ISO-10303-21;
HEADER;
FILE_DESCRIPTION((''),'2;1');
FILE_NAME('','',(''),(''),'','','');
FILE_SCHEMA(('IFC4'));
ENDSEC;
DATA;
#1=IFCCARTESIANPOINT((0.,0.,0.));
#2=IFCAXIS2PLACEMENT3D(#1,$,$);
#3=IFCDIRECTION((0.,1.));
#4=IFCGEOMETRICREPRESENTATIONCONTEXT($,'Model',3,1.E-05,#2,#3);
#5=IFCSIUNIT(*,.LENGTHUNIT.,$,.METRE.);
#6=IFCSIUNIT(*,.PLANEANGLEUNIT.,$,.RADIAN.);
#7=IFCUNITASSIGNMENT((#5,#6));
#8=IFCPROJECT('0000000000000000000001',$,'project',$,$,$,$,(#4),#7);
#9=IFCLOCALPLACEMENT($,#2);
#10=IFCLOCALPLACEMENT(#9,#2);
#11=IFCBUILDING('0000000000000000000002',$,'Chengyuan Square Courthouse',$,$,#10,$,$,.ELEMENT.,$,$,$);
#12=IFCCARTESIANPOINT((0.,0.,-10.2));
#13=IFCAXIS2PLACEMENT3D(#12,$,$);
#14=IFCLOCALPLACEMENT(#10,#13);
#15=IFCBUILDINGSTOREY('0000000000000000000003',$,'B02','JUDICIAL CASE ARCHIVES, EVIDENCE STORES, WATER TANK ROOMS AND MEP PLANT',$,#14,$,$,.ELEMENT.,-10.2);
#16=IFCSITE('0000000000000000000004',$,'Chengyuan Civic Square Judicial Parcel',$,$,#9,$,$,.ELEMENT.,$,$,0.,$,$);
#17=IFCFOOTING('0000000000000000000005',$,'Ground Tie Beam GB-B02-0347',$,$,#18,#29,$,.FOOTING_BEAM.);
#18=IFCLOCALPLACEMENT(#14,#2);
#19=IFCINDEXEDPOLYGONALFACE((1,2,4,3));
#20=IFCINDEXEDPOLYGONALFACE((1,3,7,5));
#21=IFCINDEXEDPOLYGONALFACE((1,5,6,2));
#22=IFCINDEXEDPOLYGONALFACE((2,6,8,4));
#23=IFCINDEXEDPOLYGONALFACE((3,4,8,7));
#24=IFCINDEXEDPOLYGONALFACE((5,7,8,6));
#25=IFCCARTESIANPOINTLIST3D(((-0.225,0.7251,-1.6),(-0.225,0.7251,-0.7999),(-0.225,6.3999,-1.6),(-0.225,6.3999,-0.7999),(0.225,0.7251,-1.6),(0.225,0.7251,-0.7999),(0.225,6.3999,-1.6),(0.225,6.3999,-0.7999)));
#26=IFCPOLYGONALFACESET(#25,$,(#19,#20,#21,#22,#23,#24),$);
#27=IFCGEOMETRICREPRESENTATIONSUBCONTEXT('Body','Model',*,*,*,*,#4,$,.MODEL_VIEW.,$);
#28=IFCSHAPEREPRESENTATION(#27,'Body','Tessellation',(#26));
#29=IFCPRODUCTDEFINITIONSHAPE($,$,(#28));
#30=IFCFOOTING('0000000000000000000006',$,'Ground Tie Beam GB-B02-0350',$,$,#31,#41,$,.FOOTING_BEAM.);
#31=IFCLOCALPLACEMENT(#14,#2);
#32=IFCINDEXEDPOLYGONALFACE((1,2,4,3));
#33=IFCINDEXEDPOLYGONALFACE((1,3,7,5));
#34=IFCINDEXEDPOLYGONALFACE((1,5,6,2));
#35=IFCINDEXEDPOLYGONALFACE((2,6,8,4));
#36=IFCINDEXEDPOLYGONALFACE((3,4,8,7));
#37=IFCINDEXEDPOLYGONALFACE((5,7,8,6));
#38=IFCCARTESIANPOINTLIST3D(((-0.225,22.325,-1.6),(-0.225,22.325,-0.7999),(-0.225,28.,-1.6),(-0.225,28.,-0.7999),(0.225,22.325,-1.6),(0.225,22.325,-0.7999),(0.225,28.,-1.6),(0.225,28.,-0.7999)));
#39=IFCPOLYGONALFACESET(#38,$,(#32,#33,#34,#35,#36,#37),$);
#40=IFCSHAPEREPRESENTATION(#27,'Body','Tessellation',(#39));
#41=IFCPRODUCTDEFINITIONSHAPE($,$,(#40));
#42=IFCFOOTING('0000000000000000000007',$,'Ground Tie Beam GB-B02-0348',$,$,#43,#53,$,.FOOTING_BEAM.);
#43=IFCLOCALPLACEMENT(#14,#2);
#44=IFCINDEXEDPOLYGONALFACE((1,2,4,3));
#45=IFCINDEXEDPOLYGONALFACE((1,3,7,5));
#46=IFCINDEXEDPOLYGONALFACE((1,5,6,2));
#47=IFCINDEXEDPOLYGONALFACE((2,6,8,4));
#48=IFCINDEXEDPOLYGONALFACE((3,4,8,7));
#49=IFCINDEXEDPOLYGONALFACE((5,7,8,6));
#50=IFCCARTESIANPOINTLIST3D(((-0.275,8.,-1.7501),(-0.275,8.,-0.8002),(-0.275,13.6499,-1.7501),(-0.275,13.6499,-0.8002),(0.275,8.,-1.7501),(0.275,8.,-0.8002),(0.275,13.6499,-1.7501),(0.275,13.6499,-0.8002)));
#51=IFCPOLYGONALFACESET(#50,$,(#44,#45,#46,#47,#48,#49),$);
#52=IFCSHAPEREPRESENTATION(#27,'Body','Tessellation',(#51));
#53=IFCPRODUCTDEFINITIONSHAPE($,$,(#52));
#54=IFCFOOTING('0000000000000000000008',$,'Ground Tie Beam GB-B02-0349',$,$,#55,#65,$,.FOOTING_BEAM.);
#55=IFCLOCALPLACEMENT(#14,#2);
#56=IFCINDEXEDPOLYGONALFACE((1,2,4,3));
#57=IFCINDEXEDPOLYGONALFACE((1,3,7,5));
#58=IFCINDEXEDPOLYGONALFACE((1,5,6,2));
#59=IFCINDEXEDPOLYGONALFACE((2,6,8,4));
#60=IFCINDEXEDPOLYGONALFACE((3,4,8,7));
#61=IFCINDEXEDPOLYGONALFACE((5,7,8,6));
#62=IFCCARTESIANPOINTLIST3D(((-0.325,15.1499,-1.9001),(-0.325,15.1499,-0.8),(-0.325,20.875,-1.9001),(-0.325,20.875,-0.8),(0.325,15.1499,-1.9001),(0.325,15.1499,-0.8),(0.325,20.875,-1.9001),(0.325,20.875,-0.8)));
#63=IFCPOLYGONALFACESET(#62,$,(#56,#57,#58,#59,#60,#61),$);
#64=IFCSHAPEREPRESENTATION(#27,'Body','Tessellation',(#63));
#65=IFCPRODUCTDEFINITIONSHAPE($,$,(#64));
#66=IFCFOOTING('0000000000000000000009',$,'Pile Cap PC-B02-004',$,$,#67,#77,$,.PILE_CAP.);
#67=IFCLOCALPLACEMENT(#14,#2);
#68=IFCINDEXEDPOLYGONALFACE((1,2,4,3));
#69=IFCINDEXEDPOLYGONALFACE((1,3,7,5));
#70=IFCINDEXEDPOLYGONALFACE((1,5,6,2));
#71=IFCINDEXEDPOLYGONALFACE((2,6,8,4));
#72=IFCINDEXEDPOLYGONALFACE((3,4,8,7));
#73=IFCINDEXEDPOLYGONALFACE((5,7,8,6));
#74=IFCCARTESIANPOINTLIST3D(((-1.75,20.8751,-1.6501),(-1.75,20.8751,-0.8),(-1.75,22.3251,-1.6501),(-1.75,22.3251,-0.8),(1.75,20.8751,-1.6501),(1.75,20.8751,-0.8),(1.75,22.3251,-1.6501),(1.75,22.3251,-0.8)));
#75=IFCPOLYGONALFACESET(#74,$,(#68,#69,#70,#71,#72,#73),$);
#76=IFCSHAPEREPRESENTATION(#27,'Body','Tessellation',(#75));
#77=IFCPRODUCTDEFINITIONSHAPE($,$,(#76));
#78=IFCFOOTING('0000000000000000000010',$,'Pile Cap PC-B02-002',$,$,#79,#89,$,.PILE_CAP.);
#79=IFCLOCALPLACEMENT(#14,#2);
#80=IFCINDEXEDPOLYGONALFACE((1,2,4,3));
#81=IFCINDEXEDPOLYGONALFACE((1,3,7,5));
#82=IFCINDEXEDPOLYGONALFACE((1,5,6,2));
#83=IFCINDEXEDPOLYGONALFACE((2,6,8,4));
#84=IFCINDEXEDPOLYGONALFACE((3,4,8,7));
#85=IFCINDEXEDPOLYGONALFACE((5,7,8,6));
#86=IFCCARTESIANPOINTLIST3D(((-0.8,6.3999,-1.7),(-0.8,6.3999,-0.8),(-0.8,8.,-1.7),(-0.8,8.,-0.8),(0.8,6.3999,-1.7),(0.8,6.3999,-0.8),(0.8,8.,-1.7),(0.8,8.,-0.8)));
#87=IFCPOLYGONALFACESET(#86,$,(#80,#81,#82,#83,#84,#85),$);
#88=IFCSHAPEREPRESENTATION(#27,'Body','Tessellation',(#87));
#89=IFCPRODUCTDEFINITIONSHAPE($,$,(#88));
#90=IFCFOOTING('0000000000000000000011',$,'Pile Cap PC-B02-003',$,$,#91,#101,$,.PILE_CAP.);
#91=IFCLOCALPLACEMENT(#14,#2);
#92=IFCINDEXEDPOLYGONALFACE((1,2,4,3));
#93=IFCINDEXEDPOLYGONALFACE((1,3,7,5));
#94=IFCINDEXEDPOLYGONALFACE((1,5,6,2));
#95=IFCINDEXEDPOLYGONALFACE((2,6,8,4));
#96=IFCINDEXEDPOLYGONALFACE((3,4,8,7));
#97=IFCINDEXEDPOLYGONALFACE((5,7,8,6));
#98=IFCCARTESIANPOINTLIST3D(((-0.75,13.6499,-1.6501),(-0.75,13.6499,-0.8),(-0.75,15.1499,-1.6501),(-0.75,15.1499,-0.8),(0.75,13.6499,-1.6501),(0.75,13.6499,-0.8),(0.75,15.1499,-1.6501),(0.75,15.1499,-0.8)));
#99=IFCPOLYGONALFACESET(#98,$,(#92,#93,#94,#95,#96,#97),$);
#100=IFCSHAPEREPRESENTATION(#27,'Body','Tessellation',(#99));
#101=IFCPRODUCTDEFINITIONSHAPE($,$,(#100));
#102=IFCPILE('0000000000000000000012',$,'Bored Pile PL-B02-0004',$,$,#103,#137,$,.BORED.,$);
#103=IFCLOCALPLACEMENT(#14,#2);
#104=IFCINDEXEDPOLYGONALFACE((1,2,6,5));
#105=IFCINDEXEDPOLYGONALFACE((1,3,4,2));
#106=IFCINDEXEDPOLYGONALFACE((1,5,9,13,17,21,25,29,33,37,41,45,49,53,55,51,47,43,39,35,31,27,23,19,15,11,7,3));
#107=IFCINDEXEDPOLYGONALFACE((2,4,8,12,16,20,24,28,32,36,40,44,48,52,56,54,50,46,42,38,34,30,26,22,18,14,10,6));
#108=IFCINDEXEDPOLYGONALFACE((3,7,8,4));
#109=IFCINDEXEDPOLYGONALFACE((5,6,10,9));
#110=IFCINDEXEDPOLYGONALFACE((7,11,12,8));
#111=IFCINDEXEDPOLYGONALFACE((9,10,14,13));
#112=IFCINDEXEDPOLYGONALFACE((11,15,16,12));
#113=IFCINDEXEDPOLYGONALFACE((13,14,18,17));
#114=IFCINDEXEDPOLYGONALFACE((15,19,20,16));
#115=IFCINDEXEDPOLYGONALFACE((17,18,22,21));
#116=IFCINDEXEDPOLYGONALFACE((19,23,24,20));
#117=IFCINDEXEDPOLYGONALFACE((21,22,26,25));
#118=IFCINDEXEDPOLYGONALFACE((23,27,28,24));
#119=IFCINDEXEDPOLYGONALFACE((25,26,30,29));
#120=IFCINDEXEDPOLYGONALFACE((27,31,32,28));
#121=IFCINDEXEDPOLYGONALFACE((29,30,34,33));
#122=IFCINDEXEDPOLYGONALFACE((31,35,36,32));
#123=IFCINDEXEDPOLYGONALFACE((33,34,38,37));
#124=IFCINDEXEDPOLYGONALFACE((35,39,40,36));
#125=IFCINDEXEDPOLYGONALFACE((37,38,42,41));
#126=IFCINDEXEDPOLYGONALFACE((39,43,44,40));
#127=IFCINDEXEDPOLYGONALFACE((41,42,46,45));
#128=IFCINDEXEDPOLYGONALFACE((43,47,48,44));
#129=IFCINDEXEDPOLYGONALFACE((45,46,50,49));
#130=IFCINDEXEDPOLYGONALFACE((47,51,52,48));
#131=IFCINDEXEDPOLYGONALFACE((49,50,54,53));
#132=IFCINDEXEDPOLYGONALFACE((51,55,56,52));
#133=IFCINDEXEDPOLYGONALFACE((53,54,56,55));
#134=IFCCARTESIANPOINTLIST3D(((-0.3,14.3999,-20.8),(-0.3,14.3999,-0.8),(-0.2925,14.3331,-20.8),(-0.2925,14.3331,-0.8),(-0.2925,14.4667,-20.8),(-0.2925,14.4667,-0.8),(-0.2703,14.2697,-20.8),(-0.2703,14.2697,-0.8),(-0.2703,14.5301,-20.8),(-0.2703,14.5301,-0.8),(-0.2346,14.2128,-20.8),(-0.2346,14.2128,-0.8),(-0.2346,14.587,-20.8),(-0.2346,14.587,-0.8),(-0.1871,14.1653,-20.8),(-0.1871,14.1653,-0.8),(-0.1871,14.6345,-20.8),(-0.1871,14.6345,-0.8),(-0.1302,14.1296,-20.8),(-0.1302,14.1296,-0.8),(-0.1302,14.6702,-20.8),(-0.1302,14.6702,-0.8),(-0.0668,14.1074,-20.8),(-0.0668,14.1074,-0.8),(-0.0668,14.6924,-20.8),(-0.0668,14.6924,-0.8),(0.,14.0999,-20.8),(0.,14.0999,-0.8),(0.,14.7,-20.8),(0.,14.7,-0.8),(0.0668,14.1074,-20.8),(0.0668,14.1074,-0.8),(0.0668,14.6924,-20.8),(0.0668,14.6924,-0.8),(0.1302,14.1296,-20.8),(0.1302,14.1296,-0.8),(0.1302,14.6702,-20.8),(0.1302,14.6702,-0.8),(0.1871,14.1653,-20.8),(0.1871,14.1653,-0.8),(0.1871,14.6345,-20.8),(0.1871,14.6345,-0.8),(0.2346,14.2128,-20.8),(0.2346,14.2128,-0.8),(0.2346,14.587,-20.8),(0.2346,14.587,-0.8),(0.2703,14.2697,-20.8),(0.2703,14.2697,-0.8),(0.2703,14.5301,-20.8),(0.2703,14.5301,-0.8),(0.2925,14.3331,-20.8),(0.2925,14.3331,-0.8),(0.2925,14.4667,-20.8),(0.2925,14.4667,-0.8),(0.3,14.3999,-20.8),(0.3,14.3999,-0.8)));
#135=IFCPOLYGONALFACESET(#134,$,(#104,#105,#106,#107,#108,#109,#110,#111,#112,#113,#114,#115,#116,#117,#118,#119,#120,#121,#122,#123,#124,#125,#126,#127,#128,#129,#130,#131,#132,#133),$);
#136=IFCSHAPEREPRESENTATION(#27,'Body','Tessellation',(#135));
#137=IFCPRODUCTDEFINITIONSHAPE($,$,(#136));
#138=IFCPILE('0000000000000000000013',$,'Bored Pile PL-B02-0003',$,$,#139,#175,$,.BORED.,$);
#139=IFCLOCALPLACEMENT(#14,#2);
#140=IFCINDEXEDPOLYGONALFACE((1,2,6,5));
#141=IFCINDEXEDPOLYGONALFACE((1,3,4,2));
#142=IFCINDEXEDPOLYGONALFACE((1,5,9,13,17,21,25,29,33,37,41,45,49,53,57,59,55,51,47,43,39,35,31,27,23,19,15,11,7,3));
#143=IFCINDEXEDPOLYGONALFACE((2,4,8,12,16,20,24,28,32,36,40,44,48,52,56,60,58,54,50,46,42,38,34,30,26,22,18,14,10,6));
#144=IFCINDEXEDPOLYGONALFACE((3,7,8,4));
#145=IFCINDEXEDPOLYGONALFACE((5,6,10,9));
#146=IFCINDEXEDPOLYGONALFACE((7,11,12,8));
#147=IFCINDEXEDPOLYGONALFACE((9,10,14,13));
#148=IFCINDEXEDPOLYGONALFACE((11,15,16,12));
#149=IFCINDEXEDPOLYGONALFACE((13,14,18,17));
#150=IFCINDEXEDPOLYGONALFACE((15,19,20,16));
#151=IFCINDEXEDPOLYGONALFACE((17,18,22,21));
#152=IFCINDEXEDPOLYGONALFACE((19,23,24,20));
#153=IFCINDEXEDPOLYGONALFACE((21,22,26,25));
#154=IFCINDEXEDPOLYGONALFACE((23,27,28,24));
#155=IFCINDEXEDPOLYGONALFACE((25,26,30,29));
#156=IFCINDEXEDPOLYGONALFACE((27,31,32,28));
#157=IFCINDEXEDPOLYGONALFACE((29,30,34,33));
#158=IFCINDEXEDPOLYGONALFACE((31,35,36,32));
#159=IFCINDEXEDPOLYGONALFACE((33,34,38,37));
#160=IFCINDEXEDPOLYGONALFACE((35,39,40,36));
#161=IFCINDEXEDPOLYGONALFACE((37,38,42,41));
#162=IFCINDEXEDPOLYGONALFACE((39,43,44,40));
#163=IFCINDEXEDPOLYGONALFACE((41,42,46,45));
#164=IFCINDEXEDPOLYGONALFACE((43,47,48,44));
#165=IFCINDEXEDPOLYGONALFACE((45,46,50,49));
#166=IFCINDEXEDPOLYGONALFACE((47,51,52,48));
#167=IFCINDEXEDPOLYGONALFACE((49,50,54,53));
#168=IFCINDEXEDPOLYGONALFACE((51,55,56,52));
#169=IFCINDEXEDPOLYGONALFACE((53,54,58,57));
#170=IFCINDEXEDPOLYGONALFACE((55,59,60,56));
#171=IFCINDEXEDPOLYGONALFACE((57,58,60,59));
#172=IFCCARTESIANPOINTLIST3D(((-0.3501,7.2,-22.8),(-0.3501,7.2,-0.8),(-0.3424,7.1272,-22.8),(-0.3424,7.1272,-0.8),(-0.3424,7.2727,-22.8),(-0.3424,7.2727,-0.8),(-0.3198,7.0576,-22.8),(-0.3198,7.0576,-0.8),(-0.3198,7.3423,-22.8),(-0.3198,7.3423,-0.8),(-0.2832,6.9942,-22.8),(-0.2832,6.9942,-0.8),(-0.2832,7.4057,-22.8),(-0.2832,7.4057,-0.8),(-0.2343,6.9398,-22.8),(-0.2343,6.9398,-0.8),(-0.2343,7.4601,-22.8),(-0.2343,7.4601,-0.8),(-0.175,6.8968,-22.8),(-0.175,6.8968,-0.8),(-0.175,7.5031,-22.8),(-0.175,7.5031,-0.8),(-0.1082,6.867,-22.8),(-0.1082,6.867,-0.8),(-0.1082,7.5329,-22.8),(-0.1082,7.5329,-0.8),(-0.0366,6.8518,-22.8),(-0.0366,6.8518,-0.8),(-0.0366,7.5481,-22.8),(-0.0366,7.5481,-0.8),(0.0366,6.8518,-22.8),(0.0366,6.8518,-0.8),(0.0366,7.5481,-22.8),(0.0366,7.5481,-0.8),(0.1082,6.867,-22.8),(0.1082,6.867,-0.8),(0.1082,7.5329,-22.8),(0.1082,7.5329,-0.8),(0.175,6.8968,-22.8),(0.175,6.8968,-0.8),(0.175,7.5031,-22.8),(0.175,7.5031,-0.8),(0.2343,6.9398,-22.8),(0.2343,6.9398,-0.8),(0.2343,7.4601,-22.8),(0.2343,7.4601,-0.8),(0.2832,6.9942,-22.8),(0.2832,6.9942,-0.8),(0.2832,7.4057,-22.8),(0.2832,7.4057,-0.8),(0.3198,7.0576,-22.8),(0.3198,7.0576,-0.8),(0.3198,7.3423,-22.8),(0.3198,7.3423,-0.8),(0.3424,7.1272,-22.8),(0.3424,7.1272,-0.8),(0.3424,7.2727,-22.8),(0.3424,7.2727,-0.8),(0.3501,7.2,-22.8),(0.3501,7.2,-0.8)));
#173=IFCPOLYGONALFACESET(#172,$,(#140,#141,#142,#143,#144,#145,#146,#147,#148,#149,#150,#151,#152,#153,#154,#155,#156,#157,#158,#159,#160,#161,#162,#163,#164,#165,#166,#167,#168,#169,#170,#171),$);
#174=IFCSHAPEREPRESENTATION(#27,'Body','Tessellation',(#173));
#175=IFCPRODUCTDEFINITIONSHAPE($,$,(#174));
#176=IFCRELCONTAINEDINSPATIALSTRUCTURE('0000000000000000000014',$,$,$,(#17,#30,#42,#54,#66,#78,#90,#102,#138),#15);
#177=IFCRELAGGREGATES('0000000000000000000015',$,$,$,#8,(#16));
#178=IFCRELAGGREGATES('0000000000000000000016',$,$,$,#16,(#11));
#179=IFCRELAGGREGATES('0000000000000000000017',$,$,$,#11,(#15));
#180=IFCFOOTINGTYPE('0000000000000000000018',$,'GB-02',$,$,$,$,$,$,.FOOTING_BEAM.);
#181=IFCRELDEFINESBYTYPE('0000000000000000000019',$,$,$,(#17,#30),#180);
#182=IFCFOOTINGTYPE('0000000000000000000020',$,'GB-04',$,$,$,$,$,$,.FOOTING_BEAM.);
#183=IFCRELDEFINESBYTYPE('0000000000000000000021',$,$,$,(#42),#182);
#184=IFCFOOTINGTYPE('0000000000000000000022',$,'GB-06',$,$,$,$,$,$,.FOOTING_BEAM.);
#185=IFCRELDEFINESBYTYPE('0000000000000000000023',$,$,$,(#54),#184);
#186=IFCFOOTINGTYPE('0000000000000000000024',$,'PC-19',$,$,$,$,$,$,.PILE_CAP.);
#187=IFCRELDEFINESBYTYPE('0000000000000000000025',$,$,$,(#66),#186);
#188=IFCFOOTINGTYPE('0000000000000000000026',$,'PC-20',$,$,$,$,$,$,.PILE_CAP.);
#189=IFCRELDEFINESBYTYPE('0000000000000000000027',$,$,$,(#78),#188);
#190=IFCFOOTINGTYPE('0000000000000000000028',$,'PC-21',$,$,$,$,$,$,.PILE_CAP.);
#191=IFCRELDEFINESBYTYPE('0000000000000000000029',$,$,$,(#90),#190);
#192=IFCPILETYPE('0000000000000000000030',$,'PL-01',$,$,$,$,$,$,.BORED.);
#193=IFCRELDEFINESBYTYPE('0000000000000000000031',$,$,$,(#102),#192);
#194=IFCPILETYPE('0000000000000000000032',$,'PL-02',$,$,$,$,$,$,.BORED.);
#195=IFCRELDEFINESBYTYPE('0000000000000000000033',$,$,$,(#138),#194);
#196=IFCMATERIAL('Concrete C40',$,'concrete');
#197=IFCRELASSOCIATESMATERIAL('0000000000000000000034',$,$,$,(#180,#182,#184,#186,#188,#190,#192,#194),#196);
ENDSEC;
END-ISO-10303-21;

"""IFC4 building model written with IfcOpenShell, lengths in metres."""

from ifc_helpers import new_model, si_unit, direction, frame, origin, origin_2d, place, context, subcontext, project, spatial, rectangle, circle, extrude, material, material_profile, profile_set, type_object, element, save


model = new_model("IFC4")

# Units and contexts
model_context = context("Model", 3, precision=1e-05, world=origin(), true_north=direction((0.0, 1.0)))
body_context = subcontext(model_context, "Body", "Model", "MODEL_VIEW")
ifc_project = project(units=[si_unit("LENGTHUNIT", "METRE"), si_unit("PLANEANGLEUNIT", "RADIAN")], contexts=[model_context])

# Site, building, storey
site_placement = place(None, origin())
site = spatial("IfcSite", under=ifc_project, at=site_placement, Name="Chengyuan Civic Square Judicial Parcel", CompositionType="ELEMENT", RefElevation=0.0)
building_placement = place(site_placement, origin())
building = spatial("IfcBuilding", under=site, at=building_placement, Name="Chengyuan Square Courthouse", CompositionType="ELEMENT")
storey_placement = place(building_placement, frame((0.0, 0.0, -10.2)))
storey = spatial("IfcBuildingStorey", under=building, at=storey_placement, Name="B02", Description="JUDICIAL CASE ARCHIVES, EVIDENCE STORES, WATER TANK ROOMS AND MEP PLANT", CompositionType="ELEMENT", Elevation=-10.2)

# Footings
ifc_material_1 = material(Name="Concrete C40", Category="concrete")
ifc_material_profile_1 = material_profile(ifc_material_1, rectangle(XDim=0.45, YDim=0.8, at=origin_2d()), Name="GB-450x800")
ifc_profile_set_1 = profile_set([ifc_material_profile_1], Name="Concrete C40")
footing_type_1 = type_object("IfcFootingType", Name="GB-02", PredefinedType="FOOTING_BEAM", material=ifc_profile_set_1)
footing_1_placement = place(storey_placement, frame((0.0, 0.7251, -1.2), z_axis=(0.0, 1.0, 0.0), x_axis=(-1.0, 0.0, 0.0)))
element("IfcFooting", 1, at=footing_1_placement, inside=storey, type_object=footing_type_1, Name="Ground Tie Beam GB-B02-0347", PredefinedType="FOOTING_BEAM", context=body_context, shape_type="SweptSolid", body=[
    extrude(rectangle(XDim=0.45, YDim=0.8, at=origin_2d()), origin(), (0.0, 0.0, 1.0), 5.6748),
])
footing_2_placement = place(storey_placement, frame((0.0, 22.325, -1.2), z_axis=(0.0, 1.0, 0.0), x_axis=(-1.0, 0.0, 0.0)))
element("IfcFooting", 2, at=footing_2_placement, inside=storey, type_object=footing_type_1, Name="Ground Tie Beam GB-B02-0350", PredefinedType="FOOTING_BEAM", context=body_context, shape_type="SweptSolid", body=[
    extrude(rectangle(XDim=0.45, YDim=0.8, at=origin_2d()), origin(), (0.0, 0.0, 1.0), 5.675),
])
ifc_material_profile_2 = material_profile(ifc_material_1, rectangle(XDim=0.55, YDim=0.95, at=origin_2d()), Name="GB-550x950")
ifc_profile_set_2 = profile_set([ifc_material_profile_2], Name="Concrete C40")
footing_type_2 = type_object("IfcFootingType", Name="GB-04", PredefinedType="FOOTING_BEAM", material=ifc_profile_set_2)
footing_3_placement = place(storey_placement, frame((0.0, 8.0, -1.2751), z_axis=(0.0, 1.0, 0.0), x_axis=(-1.0, 0.0, 0.0)))
element("IfcFooting", 3, at=footing_3_placement, inside=storey, type_object=footing_type_2, Name="Ground Tie Beam GB-B02-0348", PredefinedType="FOOTING_BEAM", context=body_context, shape_type="SweptSolid", body=[
    extrude(rectangle(XDim=0.55, YDim=0.95, at=origin_2d()), origin(), (0.0, 0.0, 1.0), 5.6499),
])
ifc_material_profile_3 = material_profile(ifc_material_1, rectangle(XDim=0.6499, YDim=1.1001, at=origin_2d()), Name="GB-650x1100")
ifc_profile_set_3 = profile_set([ifc_material_profile_3], Name="Concrete C40")
footing_type_3 = type_object("IfcFootingType", Name="GB-06", PredefinedType="FOOTING_BEAM", material=ifc_profile_set_3)
footing_4_placement = place(storey_placement, frame((0.0, 15.1499, -1.3501), z_axis=(0.0, 1.0, 0.0), x_axis=(-1.0, 0.0, 0.0)))
element("IfcFooting", 4, at=footing_4_placement, inside=storey, type_object=footing_type_3, Name="Ground Tie Beam GB-B02-0349", PredefinedType="FOOTING_BEAM", context=body_context, shape_type="SweptSolid", body=[
    extrude(rectangle(XDim=0.6499, YDim=1.1001, at=origin_2d()), origin(), (0.0, 0.0, 1.0), 5.7251),
])
footing_type_4 = type_object("IfcFootingType", Name="PC-19", PredefinedType="PILE_CAP", material=ifc_material_1)
footing_5_placement = place(storey_placement, frame((0.0, 21.6001, -1.6501), z_axis=(0.0, 0.0, 1.0), x_axis=(1.0, 0.0, 0.0)))
element("IfcFooting", 5, at=footing_5_placement, inside=storey, type_object=footing_type_4, Name="Pile Cap PC-B02-004", PredefinedType="PILE_CAP", context=body_context, shape_type="SweptSolid", body=[
    extrude(rectangle(XDim=3.5, YDim=1.45, at=origin_2d()), origin(), (0.0, 0.0, 1.0), 0.8501),
])
footing_type_5 = type_object("IfcFootingType", Name="PC-20", PredefinedType="PILE_CAP", material=ifc_material_1)
footing_6_placement = place(storey_placement, frame((0.0, 7.2, -1.7), z_axis=(0.0, 0.0, 1.0), x_axis=(1.0, 0.0, 0.0)))
element("IfcFooting", 6, at=footing_6_placement, inside=storey, type_object=footing_type_5, Name="Pile Cap PC-B02-002", PredefinedType="PILE_CAP", context=body_context, shape_type="SweptSolid", body=[
    extrude(rectangle(XDim=1.6001, YDim=1.6001, at=origin_2d()), origin(), (0.0, 0.0, 1.0), 0.8999),
])
footing_type_6 = type_object("IfcFootingType", Name="PC-21", PredefinedType="PILE_CAP", material=ifc_material_1)
footing_7_placement = place(storey_placement, frame((0.0, 14.3999, -1.6501), z_axis=(0.0, 0.0, 1.0), x_axis=(1.0, 0.0, 0.0)))
element("IfcFooting", 7, at=footing_7_placement, inside=storey, type_object=footing_type_6, Name="Pile Cap PC-B02-003", PredefinedType="PILE_CAP", context=body_context, shape_type="SweptSolid", body=[
    extrude(rectangle(XDim=1.5, YDim=1.5, at=origin_2d()), origin(), (0.0, 0.0, 1.0), 0.8501),
])

# Piles
ifc_material_profile_4 = material_profile(ifc_material_1, circle(Radius=0.3, at=origin_2d()), Name="BORED PILE D600")
ifc_profile_set_4 = profile_set([ifc_material_profile_4], Name="Concrete C40")
pile_type_1 = type_object("IfcPileType", Name="PL-01", PredefinedType="BORED", material=ifc_profile_set_4)
pile_placement = place(storey_placement, frame((0.0, 14.3999, -0.8), z_axis=(0.0, 0.0, -1.0), x_axis=(1.0, 0.0, 0.0)))
element("IfcPile", 8, at=pile_placement, inside=storey, type_object=pile_type_1, Name="Bored Pile PL-B02-0004", PredefinedType="BORED", context=body_context, shape_type="SweptSolid", body=[
    extrude(circle(Radius=0.3, at=origin_2d()), origin(), (0.0, 0.0, 1.0), 20.0),
])
ifc_material_profile_5 = material_profile(ifc_material_1, circle(Radius=0.3501, at=origin_2d()), Name="BORED PILE D700")
ifc_profile_set_5 = profile_set([ifc_material_profile_5], Name="Concrete C40")
pile_type_2 = type_object("IfcPileType", Name="PL-02", PredefinedType="BORED", material=ifc_profile_set_5)
for number, where, z_axis, x_axis, name in (
    (9, (0.0, 7.2, -0.8), (0.0, 0.0, -1.0), (1.0, 0.0, 0.0), "Bored Pile PL-B02-0003"),
):
    element("IfcPile", number, at=place(storey_placement, frame(where, z_axis=z_axis, x_axis=x_axis)), inside=storey, type_object=pile_type_2, Name=name, PredefinedType="BORED", context=body_context, shape_type="SweptSolid", body=[
        extrude(circle(Radius=0.3501, at=origin_2d()), origin(), (0.0, 0.0, 1.0), 22.0),
    ])

save(model, "model.ifc")
